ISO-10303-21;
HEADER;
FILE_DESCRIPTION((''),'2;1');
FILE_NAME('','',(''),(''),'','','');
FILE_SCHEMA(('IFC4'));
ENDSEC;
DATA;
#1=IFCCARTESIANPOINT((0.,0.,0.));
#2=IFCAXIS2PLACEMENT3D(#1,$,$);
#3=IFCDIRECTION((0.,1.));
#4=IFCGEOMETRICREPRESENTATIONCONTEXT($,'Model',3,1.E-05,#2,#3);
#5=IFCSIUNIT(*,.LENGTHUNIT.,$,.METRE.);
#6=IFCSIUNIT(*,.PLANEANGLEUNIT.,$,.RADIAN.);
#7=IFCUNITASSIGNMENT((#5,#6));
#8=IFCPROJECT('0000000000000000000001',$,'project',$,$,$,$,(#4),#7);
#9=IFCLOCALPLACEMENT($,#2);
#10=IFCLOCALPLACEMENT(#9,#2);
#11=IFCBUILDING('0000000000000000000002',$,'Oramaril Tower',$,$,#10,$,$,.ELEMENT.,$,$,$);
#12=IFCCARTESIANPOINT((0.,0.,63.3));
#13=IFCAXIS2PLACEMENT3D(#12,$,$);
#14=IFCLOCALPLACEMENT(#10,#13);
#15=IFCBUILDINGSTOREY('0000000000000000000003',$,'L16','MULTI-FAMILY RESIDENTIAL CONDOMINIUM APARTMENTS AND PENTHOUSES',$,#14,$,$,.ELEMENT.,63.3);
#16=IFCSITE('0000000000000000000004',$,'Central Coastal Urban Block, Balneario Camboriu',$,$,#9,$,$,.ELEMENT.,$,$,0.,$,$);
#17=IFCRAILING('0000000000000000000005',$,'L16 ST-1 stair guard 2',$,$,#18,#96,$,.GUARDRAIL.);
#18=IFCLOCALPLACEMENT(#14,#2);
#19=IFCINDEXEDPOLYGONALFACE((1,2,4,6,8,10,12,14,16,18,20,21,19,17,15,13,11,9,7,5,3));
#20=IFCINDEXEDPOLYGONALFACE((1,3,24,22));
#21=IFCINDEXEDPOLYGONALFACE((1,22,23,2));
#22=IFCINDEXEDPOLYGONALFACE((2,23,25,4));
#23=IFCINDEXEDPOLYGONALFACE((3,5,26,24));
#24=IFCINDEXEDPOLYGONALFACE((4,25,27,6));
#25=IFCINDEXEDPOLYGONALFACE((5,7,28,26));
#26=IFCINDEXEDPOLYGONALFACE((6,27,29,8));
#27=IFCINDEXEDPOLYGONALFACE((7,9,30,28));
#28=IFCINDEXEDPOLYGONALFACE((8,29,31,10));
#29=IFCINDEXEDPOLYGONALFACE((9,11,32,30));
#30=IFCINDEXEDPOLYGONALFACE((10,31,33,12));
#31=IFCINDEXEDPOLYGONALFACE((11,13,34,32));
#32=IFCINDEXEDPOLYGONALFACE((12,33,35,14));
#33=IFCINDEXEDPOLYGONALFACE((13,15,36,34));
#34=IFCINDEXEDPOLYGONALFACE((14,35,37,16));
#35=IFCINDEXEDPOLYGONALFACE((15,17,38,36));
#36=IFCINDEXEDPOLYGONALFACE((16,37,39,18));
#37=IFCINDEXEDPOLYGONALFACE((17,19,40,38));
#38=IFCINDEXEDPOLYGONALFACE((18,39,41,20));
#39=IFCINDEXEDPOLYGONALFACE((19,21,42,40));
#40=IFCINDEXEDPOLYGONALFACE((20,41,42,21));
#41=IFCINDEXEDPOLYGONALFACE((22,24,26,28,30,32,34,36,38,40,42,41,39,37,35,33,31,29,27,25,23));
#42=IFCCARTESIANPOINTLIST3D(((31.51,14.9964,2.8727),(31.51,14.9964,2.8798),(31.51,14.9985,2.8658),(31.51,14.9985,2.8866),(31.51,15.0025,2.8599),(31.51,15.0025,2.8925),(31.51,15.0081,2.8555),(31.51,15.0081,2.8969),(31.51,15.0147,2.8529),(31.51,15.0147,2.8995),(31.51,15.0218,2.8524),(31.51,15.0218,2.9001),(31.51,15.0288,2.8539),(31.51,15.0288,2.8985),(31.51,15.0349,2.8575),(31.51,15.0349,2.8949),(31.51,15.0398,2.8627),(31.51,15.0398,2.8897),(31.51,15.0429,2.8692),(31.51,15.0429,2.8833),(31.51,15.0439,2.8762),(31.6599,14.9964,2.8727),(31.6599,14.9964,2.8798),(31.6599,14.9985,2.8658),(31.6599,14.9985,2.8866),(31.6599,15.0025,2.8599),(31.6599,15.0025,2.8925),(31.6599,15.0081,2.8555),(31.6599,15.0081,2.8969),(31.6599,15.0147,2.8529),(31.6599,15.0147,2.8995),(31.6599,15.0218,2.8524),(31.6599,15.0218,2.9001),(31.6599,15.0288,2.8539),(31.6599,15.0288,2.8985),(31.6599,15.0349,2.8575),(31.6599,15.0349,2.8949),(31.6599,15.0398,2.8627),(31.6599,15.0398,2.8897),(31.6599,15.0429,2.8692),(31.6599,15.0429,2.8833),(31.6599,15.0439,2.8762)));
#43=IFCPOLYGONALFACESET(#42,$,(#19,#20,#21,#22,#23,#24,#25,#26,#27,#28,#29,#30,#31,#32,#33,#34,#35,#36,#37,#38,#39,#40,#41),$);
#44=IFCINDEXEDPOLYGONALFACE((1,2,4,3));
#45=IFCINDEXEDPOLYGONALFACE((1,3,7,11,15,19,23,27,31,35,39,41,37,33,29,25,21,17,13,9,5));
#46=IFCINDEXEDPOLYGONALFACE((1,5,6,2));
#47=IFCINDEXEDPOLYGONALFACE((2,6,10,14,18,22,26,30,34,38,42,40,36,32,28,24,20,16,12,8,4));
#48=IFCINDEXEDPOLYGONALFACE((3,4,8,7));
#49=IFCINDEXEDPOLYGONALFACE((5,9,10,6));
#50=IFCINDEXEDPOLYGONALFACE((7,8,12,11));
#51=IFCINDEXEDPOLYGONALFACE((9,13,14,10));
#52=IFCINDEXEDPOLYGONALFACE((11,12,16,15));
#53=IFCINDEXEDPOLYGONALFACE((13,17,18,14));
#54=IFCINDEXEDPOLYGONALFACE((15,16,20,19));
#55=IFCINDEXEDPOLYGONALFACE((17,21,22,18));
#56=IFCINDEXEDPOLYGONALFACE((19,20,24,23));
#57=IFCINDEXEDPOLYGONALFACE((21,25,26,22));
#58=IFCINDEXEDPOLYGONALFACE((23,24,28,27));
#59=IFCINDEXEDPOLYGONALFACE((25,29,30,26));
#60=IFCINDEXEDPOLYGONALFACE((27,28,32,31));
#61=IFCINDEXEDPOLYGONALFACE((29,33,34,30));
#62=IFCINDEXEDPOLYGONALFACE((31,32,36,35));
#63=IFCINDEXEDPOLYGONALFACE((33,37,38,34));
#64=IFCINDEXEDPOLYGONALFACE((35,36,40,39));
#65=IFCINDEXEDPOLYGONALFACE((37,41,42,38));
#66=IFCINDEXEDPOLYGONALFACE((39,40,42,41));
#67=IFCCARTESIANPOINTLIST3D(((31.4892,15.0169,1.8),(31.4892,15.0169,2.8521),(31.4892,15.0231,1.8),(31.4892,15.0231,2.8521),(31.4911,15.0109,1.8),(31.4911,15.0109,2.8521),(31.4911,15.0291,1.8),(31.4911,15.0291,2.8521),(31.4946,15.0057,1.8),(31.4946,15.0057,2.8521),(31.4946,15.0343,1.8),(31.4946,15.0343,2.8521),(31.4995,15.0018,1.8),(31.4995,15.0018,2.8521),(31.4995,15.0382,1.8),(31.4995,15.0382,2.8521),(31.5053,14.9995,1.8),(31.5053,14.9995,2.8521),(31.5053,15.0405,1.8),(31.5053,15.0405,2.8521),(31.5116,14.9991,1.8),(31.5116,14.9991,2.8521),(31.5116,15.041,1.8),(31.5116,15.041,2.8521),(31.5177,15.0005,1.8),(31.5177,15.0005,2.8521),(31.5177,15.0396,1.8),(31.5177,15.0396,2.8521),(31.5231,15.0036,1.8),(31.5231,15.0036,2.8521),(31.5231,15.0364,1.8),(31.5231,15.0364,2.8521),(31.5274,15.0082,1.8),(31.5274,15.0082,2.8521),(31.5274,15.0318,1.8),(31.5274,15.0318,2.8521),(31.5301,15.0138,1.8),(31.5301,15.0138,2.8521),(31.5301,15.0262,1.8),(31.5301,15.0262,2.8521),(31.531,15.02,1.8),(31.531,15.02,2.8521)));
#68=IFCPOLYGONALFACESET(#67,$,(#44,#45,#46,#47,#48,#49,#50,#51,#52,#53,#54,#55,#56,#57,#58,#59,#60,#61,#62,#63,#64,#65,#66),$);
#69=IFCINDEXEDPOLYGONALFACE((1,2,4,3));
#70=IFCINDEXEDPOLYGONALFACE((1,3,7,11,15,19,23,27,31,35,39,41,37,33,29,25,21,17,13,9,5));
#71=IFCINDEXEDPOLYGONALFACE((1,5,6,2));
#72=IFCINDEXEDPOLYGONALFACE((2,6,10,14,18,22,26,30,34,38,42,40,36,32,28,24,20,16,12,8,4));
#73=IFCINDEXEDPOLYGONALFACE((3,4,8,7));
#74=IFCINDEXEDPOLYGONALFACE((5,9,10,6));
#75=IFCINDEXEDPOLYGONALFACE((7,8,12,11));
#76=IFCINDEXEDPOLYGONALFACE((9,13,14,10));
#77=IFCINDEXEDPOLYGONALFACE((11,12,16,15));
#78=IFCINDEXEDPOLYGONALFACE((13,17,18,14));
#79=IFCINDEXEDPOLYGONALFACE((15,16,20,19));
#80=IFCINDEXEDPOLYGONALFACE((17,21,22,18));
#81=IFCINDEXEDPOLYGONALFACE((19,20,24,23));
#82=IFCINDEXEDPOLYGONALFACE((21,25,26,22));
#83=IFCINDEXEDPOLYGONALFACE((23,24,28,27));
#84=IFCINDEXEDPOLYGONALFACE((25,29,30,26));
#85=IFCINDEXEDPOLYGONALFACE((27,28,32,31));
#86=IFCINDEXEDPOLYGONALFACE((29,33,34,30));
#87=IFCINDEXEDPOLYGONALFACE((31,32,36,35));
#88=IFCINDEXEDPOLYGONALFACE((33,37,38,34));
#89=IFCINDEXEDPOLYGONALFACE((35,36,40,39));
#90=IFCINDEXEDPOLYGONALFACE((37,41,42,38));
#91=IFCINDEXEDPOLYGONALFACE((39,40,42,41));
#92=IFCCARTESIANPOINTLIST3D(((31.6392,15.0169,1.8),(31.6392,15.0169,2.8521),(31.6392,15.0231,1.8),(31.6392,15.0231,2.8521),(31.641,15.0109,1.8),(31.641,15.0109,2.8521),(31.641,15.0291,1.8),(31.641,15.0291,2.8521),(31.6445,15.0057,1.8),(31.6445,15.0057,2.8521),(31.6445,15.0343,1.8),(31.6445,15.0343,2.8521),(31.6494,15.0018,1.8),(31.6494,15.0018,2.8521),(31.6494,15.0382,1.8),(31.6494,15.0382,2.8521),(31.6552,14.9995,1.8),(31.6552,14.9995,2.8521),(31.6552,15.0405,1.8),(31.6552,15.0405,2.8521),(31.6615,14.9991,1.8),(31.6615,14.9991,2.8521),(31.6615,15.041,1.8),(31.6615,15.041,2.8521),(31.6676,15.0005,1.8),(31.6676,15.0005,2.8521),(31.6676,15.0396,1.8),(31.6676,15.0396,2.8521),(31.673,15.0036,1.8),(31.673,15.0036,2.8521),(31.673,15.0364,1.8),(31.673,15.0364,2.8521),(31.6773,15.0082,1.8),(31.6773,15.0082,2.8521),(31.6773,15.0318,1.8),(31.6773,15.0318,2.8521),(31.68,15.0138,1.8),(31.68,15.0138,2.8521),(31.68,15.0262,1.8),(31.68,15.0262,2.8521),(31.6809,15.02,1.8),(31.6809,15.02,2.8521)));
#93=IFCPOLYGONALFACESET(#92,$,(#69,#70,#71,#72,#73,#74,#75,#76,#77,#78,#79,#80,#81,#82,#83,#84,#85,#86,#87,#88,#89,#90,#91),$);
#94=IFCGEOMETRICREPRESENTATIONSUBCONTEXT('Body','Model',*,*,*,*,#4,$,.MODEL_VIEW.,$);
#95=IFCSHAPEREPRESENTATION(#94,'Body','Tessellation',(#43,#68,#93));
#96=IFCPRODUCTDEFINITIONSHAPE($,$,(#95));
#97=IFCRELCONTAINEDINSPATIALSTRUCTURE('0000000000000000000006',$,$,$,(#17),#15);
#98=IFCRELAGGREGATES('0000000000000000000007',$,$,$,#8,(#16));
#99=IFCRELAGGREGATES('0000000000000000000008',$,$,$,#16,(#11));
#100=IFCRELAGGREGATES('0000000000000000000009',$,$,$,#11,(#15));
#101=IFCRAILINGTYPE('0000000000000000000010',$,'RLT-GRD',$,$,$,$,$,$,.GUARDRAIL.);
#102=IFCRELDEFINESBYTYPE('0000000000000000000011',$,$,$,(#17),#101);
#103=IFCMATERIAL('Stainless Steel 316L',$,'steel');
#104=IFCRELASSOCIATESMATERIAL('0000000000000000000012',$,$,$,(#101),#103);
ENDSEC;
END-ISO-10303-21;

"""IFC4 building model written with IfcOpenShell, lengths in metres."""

from ifc_helpers import new_model, si_unit, direction, frame, origin, origin_2d, place, context, subcontext, project, spatial, circle, extrude, material, type_object, element, save


model = new_model("IFC4")

# Units and contexts
model_context = context("Model", 3, precision=1e-05, world=origin(), true_north=direction((0.0, 1.0)))
body_context = subcontext(model_context, "Body", "Model", "MODEL_VIEW")
ifc_project = project(units=[si_unit("LENGTHUNIT", "METRE"), si_unit("PLANEANGLEUNIT", "RADIAN")], contexts=[model_context])

# Site, building, storey
site_placement = place(None, origin())
site = spatial("IfcSite", under=ifc_project, at=site_placement, Name="Central Coastal Urban Block, Balneario Camboriu", CompositionType="ELEMENT", RefElevation=0.0)
building_placement = place(site_placement, origin())
building = spatial("IfcBuilding", under=site, at=building_placement, Name="Oramaril Tower", CompositionType="ELEMENT")
storey_placement = place(building_placement, frame((0.0, 0.0, 63.3)))
storey = spatial("IfcBuildingStorey", under=building, at=storey_placement, Name="L16", Description="MULTI-FAMILY RESIDENTIAL CONDOMINIUM APARTMENTS AND PENTHOUSES", CompositionType="ELEMENT", Elevation=63.3)

# Railing
ifc_material_1 = material(Name="Stainless Steel 316L", Category="steel")
railing_type_1 = type_object("IfcRailingType", Name="RLT-GRD", PredefinedType="GUARDRAIL", material=ifc_material_1)
railing_1_placement = place(storey_placement, frame((31.51, 15.02, 1.8)))
element("IfcRailing", 1, at=railing_1_placement, inside=storey, type_object=railing_type_1, Name="L16 ST-1 stair guard 2", PredefinedType="GUARDRAIL", context=body_context, shape_type="SweptSolid", body=[
    extrude(circle(Radius=0.0239, at=origin_2d()), frame((0.0, 0.0, 1.0762), z_axis=(1.0, 0.0, 0.0), x_axis=(0.0, 1.0, 0.0)), (0.0, 0.0, 1.0), 0.1499),
    extrude(circle(Radius=0.021, at=origin_2d()), origin(), (0.0, 0.0, 1.0), 1.052),
    extrude(circle(Radius=0.021, at=origin_2d()), frame((0.1499, 0.0, 0.0)), (0.0, 0.0, 1.0), 1.052),
])

save(model, "model.ifc")
